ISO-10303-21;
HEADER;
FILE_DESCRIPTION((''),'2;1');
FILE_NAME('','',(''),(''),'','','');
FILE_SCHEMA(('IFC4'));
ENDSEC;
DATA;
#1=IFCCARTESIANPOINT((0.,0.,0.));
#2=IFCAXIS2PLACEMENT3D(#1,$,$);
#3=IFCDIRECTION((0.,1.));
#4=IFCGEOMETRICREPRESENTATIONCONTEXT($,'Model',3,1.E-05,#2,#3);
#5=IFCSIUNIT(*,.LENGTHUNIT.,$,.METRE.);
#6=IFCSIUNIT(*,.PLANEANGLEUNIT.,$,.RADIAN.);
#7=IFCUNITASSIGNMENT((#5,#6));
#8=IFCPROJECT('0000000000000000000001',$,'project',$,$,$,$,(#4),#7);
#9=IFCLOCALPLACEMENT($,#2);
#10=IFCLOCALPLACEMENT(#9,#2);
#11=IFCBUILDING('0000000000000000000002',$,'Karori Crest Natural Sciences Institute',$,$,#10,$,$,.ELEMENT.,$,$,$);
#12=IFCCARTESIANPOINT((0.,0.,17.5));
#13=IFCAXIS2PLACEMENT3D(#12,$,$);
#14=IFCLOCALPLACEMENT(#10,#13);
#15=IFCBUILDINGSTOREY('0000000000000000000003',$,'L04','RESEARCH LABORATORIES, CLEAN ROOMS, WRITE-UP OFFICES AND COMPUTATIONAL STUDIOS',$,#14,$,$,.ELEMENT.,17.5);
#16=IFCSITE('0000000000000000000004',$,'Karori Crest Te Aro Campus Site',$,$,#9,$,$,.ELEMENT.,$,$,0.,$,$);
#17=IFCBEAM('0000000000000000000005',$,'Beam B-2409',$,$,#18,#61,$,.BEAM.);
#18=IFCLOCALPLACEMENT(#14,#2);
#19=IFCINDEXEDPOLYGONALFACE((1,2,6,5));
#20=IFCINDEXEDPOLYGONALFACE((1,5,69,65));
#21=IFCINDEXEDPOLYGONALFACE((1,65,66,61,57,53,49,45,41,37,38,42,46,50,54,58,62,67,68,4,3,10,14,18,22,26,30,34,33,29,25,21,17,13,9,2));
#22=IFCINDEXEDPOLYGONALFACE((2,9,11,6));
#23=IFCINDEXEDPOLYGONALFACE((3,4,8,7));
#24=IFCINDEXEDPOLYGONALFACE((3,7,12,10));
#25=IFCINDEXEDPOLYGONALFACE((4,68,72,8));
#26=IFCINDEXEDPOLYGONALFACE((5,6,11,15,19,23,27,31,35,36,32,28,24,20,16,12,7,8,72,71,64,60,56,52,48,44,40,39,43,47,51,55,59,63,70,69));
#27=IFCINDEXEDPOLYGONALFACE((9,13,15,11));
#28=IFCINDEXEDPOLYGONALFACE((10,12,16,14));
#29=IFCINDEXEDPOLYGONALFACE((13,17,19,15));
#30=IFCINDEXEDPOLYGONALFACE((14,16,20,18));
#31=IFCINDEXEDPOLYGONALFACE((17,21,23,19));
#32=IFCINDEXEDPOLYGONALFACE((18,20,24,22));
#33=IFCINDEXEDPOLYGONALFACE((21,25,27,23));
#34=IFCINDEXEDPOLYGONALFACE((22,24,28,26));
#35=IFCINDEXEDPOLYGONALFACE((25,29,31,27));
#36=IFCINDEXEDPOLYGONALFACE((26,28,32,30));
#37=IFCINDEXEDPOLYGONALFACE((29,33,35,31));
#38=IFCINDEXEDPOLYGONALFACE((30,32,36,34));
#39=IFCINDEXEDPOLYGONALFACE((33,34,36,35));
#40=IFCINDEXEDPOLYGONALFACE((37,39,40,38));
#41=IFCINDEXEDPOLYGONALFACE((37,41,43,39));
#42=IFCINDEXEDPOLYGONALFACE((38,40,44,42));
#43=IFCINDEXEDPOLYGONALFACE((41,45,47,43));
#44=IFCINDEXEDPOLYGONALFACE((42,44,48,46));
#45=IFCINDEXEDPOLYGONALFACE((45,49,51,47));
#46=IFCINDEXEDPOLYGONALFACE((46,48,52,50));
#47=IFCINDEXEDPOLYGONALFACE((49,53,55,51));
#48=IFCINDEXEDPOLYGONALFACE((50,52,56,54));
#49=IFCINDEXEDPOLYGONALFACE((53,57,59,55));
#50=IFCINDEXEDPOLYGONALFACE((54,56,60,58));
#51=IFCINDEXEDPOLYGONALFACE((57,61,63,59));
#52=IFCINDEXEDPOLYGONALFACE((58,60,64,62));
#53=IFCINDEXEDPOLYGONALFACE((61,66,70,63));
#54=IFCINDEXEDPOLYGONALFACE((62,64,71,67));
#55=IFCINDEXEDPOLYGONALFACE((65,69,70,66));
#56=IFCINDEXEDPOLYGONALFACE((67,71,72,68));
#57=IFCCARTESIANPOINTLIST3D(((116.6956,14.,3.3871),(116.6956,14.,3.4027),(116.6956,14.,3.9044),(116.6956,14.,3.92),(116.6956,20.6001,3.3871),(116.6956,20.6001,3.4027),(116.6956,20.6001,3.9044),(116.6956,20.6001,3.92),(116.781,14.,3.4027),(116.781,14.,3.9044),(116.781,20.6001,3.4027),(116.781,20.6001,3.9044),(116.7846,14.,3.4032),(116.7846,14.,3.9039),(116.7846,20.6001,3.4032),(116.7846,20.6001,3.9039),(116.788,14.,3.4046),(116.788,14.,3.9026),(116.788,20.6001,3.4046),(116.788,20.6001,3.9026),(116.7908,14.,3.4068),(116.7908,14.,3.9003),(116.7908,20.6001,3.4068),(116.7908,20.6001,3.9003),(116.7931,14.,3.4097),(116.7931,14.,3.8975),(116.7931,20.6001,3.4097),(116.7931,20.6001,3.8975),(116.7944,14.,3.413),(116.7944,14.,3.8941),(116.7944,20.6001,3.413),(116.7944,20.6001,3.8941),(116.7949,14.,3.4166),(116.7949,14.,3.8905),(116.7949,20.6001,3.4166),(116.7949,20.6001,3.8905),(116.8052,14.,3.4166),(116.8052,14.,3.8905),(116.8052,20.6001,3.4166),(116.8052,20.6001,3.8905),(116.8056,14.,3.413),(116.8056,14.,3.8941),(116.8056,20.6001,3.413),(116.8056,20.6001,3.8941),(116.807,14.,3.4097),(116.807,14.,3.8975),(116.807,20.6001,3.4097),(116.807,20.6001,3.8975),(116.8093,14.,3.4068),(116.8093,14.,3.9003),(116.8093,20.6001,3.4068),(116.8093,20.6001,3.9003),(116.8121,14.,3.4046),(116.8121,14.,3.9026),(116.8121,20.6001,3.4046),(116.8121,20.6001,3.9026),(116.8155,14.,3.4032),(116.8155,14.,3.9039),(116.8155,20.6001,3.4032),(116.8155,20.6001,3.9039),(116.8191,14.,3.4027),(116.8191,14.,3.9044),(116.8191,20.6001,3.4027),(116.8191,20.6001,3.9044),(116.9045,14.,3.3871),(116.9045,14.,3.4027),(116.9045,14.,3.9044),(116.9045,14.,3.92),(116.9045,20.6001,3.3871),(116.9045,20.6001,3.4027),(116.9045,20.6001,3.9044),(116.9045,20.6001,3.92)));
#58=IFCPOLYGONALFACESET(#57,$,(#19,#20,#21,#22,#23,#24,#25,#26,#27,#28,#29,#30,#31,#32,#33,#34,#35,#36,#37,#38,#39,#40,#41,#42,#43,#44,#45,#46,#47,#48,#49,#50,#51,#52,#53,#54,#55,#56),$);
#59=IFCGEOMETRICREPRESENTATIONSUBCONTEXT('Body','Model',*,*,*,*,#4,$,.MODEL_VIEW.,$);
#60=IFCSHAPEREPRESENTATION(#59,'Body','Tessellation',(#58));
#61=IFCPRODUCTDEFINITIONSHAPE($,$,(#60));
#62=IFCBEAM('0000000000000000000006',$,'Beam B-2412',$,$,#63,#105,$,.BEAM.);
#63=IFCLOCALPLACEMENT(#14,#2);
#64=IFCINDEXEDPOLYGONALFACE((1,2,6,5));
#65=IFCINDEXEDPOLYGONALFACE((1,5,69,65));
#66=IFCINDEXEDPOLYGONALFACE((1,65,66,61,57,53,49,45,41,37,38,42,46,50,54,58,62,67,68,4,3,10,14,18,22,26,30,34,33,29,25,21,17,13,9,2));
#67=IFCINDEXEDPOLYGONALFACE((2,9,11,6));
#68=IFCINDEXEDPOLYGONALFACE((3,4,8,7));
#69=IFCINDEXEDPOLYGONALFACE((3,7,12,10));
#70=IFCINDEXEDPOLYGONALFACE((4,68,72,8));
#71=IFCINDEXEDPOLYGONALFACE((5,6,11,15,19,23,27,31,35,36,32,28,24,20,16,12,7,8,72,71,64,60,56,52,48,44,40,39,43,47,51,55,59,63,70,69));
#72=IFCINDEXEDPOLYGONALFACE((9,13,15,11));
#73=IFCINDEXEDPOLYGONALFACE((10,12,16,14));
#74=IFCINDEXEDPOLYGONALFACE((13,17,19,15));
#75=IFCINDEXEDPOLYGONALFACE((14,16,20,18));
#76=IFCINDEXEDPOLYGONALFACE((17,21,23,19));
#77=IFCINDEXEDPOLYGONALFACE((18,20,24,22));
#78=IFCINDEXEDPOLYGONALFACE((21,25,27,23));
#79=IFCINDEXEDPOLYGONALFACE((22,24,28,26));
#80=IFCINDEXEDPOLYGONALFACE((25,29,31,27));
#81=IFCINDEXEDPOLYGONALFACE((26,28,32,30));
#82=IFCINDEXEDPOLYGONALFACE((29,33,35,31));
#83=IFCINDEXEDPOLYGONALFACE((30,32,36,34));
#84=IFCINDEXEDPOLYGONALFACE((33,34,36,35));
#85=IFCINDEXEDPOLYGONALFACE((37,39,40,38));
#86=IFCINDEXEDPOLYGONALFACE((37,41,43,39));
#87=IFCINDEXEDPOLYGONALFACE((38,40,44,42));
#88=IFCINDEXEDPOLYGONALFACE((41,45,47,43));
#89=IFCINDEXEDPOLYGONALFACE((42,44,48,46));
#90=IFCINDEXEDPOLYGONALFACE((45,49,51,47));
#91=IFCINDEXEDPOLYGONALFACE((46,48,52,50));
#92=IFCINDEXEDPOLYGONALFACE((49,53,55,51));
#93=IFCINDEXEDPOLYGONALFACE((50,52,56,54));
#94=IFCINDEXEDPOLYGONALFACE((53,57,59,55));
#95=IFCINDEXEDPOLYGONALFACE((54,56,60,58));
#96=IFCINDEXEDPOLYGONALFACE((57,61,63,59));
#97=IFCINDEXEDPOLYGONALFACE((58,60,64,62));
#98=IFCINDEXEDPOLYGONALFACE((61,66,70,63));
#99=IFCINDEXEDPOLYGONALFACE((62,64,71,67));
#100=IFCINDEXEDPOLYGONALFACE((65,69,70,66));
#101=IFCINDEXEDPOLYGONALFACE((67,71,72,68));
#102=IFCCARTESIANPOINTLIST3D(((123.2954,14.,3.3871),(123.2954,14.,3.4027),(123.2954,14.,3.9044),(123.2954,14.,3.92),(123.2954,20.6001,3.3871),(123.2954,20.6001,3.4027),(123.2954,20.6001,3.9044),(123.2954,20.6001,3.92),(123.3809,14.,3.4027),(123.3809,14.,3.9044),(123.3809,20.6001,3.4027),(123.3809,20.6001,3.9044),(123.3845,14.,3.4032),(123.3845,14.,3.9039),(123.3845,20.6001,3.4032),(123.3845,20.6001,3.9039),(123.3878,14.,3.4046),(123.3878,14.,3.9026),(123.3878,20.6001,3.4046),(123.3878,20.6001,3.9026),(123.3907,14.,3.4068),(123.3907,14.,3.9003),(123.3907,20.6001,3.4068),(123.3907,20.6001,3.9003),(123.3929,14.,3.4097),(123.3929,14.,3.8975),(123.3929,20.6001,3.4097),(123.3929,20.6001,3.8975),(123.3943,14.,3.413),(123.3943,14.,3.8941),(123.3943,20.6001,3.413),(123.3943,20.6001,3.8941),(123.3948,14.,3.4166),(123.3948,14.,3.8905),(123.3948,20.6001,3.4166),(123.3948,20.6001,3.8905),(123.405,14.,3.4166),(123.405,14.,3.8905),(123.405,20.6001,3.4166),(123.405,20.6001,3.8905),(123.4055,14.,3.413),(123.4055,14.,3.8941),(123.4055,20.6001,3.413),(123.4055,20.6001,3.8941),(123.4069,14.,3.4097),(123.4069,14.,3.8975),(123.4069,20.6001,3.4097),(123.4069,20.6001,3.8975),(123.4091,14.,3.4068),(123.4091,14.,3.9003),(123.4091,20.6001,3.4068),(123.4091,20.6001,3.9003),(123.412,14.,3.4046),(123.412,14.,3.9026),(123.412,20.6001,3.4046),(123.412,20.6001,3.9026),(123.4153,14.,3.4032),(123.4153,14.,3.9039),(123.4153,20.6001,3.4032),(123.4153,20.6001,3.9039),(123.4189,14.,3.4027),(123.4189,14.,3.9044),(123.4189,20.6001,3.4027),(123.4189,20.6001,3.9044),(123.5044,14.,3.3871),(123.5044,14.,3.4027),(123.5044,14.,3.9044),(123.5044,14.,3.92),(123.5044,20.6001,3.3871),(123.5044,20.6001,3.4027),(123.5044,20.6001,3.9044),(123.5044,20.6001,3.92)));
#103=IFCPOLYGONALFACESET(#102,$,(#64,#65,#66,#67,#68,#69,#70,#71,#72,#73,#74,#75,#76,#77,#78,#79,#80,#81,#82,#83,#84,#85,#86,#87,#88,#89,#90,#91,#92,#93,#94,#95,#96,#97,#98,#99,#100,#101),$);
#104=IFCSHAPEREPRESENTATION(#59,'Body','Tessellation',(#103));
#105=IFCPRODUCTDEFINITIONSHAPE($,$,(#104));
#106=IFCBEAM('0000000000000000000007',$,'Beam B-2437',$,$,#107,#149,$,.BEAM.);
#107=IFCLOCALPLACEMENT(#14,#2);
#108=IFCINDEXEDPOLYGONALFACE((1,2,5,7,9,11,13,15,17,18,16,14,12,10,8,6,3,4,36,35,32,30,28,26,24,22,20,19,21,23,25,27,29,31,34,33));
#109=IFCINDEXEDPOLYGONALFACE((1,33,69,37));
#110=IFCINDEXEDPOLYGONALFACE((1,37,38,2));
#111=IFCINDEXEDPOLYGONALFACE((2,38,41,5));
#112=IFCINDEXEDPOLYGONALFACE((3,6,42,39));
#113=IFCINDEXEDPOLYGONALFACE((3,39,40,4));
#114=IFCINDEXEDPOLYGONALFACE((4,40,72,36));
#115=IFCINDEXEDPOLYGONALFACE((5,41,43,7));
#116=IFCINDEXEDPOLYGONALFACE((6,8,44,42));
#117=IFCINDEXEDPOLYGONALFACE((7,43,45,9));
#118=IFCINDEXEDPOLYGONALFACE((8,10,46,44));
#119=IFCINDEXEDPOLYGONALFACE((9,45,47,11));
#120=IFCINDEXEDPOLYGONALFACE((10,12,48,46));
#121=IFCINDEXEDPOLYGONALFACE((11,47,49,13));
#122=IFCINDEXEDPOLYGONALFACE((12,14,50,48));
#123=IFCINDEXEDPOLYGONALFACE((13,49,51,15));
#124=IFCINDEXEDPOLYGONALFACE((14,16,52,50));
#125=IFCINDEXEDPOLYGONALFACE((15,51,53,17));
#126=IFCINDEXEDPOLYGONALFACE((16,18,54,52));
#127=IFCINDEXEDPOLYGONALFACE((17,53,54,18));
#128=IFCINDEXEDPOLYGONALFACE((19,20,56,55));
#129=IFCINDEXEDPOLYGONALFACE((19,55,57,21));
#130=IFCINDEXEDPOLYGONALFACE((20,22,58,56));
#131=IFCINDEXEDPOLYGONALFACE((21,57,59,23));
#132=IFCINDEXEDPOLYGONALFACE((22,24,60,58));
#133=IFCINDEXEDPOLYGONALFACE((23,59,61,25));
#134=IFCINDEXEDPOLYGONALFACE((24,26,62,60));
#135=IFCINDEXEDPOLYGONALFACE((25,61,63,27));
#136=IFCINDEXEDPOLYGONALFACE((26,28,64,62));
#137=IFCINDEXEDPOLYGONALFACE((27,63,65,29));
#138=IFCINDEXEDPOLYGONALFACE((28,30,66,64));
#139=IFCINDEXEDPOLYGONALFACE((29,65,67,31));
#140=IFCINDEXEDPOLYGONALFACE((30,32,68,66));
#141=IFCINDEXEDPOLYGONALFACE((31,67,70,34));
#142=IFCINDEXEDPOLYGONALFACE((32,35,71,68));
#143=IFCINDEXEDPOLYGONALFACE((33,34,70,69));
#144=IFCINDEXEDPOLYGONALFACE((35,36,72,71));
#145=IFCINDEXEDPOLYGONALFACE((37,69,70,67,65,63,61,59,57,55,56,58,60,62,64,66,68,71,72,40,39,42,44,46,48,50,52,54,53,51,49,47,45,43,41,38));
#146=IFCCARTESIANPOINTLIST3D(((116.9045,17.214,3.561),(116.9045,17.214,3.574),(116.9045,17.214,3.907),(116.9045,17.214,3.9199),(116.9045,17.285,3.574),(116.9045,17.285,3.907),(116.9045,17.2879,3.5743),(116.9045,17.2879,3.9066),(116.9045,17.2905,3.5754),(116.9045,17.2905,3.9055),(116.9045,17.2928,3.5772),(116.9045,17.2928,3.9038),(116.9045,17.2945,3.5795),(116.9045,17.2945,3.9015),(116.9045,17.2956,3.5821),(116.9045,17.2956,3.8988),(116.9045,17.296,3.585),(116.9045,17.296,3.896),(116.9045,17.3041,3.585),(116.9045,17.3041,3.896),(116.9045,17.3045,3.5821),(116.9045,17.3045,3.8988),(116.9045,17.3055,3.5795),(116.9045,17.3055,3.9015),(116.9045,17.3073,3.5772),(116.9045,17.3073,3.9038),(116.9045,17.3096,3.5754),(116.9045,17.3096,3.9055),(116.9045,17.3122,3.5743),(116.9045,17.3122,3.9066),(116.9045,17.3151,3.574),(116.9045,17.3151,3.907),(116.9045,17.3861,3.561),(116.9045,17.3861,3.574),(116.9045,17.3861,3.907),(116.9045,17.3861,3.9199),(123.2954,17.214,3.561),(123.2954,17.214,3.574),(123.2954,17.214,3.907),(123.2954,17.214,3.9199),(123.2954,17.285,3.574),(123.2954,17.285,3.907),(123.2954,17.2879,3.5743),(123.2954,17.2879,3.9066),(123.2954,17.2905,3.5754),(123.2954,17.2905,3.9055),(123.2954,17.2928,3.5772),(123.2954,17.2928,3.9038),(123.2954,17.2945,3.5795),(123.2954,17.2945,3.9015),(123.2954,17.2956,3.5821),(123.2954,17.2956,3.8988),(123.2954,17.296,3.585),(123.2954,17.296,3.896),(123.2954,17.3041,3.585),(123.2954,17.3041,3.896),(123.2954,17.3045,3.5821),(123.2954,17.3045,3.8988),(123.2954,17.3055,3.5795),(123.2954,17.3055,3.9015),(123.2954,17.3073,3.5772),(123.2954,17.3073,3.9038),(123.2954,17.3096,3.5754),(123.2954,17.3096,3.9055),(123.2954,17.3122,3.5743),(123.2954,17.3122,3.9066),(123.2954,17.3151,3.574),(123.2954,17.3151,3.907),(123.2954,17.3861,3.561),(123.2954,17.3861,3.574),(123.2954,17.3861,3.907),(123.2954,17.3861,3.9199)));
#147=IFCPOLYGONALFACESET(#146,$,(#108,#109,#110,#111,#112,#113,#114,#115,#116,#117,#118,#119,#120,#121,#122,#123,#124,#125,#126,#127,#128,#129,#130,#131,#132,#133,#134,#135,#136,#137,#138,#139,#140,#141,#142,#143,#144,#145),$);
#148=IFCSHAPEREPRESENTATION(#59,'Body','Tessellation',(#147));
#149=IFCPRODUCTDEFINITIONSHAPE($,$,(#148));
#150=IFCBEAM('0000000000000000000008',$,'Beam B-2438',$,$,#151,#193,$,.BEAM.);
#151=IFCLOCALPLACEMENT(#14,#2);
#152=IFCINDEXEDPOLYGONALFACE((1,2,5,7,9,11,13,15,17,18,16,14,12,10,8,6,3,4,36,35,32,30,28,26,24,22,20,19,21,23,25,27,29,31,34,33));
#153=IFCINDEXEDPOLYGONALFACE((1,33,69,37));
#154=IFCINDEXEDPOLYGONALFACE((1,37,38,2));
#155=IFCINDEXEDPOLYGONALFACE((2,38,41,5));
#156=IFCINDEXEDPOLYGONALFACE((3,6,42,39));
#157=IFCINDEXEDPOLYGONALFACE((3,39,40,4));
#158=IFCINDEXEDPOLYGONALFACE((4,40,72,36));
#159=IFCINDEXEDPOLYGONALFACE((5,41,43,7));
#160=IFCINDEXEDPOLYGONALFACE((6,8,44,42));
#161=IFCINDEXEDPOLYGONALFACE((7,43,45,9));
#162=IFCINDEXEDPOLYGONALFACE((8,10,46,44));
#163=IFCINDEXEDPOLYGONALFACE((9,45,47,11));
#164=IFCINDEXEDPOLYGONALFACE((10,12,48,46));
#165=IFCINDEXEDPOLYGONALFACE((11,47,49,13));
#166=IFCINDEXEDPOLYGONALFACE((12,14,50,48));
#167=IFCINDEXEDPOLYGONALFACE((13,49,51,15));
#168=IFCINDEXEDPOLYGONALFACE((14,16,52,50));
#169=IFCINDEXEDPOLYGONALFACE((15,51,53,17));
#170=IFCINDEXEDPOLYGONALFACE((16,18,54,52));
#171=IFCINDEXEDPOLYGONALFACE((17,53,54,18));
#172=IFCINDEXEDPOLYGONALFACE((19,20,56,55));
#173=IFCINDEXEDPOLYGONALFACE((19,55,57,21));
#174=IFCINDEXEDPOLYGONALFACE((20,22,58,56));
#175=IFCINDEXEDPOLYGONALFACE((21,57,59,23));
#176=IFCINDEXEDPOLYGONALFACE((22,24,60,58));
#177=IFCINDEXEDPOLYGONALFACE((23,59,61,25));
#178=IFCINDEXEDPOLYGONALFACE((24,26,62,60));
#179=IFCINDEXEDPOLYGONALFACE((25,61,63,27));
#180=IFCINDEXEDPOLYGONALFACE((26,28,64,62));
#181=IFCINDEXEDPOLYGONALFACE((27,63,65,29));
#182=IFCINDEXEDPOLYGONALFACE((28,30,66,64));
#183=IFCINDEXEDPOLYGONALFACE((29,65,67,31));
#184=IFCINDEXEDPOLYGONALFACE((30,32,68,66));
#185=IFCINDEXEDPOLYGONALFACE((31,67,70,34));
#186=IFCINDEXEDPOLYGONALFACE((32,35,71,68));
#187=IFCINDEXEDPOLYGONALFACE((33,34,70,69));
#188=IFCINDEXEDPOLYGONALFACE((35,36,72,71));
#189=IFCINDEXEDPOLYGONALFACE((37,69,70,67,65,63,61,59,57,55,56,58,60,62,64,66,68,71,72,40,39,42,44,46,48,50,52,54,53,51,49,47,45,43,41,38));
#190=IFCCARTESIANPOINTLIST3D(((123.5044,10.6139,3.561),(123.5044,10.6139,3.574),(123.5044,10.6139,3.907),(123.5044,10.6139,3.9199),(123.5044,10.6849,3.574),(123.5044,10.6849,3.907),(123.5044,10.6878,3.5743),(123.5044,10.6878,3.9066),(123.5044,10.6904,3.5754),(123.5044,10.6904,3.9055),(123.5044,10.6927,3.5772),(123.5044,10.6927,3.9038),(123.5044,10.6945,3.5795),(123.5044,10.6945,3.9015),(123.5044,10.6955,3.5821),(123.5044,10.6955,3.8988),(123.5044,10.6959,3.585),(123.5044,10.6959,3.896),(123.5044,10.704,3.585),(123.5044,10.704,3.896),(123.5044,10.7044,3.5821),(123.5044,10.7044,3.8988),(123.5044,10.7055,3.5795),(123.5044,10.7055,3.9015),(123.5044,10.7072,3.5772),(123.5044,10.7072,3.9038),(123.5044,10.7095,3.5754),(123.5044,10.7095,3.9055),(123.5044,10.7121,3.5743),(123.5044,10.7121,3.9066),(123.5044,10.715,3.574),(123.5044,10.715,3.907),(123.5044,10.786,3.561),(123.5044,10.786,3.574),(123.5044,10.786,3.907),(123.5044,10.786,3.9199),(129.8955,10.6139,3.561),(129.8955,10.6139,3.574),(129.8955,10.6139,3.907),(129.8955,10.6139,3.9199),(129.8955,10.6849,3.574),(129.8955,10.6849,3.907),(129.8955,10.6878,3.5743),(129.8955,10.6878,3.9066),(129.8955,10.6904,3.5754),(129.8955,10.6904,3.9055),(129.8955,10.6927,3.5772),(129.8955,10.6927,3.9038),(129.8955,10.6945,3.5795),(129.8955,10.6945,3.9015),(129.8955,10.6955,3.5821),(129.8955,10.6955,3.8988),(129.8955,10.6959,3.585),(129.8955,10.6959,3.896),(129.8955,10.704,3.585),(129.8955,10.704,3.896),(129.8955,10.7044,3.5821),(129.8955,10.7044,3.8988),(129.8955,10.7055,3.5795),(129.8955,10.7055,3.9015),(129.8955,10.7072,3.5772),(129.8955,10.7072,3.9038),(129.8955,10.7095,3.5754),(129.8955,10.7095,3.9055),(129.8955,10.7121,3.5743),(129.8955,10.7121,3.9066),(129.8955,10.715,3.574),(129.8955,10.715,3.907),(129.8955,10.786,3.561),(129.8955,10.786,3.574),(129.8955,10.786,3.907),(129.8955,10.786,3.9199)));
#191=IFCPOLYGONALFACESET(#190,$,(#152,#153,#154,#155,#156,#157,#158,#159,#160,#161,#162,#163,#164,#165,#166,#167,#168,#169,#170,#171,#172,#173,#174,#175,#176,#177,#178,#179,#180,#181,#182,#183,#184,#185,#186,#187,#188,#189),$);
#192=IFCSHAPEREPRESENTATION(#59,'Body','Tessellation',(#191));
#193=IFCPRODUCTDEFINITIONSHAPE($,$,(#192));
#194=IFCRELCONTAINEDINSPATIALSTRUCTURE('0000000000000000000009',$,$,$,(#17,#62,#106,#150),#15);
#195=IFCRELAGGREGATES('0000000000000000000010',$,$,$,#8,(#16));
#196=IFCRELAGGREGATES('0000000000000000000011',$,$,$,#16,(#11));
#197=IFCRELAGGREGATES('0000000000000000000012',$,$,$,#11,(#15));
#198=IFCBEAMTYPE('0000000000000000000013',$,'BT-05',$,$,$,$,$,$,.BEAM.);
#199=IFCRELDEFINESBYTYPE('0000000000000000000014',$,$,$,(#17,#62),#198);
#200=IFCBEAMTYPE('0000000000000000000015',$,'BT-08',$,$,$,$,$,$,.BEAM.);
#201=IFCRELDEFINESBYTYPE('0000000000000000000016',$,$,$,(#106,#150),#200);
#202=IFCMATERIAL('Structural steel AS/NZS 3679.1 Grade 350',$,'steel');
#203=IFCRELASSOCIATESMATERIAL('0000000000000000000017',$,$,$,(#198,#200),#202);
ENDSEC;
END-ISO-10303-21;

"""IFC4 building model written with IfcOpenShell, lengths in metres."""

from ifc_helpers import new_model, si_unit, direction, frame, origin, origin_2d, place, context, subcontext, project, spatial, i_section, extrude, material, material_profile, profile_set, type_object, element, save


model = new_model("IFC4")

# Units and contexts
model_context = context("Model", 3, precision=1e-05, world=origin(), true_north=direction((0.0, 1.0)))
body_context = subcontext(model_context, "Body", "Model", "MODEL_VIEW")
ifc_project = project(units=[si_unit("LENGTHUNIT", "METRE"), si_unit("PLANEANGLEUNIT", "RADIAN")], contexts=[model_context])

# Site, building, storey
site_placement = place(None, origin())
site = spatial("IfcSite", under=ifc_project, at=site_placement, Name="Karori Crest Te Aro Campus Site", CompositionType="ELEMENT", RefElevation=0.0)
building_placement = place(site_placement, origin())
building = spatial("IfcBuilding", under=site, at=building_placement, Name="Karori Crest Natural Sciences Institute", CompositionType="ELEMENT")
storey_placement = place(building_placement, frame((0.0, 0.0, 17.5)))
storey = spatial("IfcBuildingStorey", under=building, at=storey_placement, Name="L04", Description="RESEARCH LABORATORIES, CLEAN ROOMS, WRITE-UP OFFICES AND COMPUTATIONAL STUDIOS", CompositionType="ELEMENT", Elevation=17.5)

# Shared definitions
ifc_material_1 = material(Name="Structural steel AS/NZS 3679.1 Grade 350", Category="steel")

# Beams
ifc_material_profile_1 = material_profile(ifc_material_1, i_section(OverallWidth=0.209, OverallDepth=0.533, WebThickness=0.0103, FlangeThickness=0.0156, FilletRadius=0.0139, at=origin_2d()), Name="530UB92.4")
ifc_profile_set_1 = profile_set([ifc_material_profile_1], Name="Structural steel AS/NZS 3679.1 Grade 350")
beam_type_1 = type_object("IfcBeamType", Name="BT-05", PredefinedType="BEAM", material=ifc_profile_set_1)
for number, where, z_axis, x_axis, name in (
    (1, (116.8, 14.0, 3.6536), (0.0, 1.0, 0.0), (-1.0, 0.0, 0.0), "Beam B-2409"),
    (2, (123.3999, 14.0, 3.6536), (0.0, 1.0, 0.0), (-1.0, 0.0, 0.0), "Beam B-2412"),
):
    element("IfcBeam", number, at=place(storey_placement, frame(where, z_axis=z_axis, x_axis=x_axis)), inside=storey, type_object=beam_type_1, Name=name, PredefinedType="BEAM", context=body_context, shape_type="SweptSolid", body=[
        extrude(i_section(OverallWidth=0.209, OverallDepth=0.533, WebThickness=0.0103, FlangeThickness=0.0156, FilletRadius=0.0139, at=origin_2d()), origin(), (0.0, 0.0, 1.0), 6.6001),
    ])
ifc_material_profile_2 = material_profile(ifc_material_1, i_section(OverallWidth=0.1721, OverallDepth=0.3589, WebThickness=0.0081, FlangeThickness=0.0129, FilletRadius=0.011, at=origin_2d()), Name="360UB56.7")
ifc_profile_set_2 = profile_set([ifc_material_profile_2], Name="Structural steel AS/NZS 3679.1 Grade 350")
beam_type_2 = type_object("IfcBeamType", Name="BT-08", PredefinedType="BEAM", material=ifc_profile_set_2)
beam_1_placement = place(storey_placement, frame((116.9045, 17.3, 3.7405), z_axis=(1.0, 0.0, 0.0), x_axis=(0.0, 1.0, 0.0)))
element("IfcBeam", 3, at=beam_1_placement, inside=storey, type_object=beam_type_2, Name="Beam B-2437", PredefinedType="BEAM", context=body_context, shape_type="SweptSolid", body=[
    extrude(i_section(OverallWidth=0.1721, OverallDepth=0.3589, WebThickness=0.0081, FlangeThickness=0.0129, FilletRadius=0.011, at=origin_2d()), origin(), (0.0, 0.0, 1.0), 6.3909),
])
for number, where, z_axis, x_axis, name in (
    (4, (123.5044, 10.7, 3.7405), (1.0, 0.0, 0.0), (0.0, 1.0, 0.0), "Beam B-2438"),
):
    element("IfcBeam", number, at=place(storey_placement, frame(where, z_axis=z_axis, x_axis=x_axis)), inside=storey, type_object=beam_type_2, Name=name, PredefinedType="BEAM", context=body_context, shape_type="SweptSolid", body=[
        extrude(i_section(OverallWidth=0.1721, OverallDepth=0.3589, WebThickness=0.0081, FlangeThickness=0.0129, FilletRadius=0.011, at=origin_2d()), origin(), (0.0, 0.0, 1.0), 6.3911),
    ])

save(model, "model.ifc")
